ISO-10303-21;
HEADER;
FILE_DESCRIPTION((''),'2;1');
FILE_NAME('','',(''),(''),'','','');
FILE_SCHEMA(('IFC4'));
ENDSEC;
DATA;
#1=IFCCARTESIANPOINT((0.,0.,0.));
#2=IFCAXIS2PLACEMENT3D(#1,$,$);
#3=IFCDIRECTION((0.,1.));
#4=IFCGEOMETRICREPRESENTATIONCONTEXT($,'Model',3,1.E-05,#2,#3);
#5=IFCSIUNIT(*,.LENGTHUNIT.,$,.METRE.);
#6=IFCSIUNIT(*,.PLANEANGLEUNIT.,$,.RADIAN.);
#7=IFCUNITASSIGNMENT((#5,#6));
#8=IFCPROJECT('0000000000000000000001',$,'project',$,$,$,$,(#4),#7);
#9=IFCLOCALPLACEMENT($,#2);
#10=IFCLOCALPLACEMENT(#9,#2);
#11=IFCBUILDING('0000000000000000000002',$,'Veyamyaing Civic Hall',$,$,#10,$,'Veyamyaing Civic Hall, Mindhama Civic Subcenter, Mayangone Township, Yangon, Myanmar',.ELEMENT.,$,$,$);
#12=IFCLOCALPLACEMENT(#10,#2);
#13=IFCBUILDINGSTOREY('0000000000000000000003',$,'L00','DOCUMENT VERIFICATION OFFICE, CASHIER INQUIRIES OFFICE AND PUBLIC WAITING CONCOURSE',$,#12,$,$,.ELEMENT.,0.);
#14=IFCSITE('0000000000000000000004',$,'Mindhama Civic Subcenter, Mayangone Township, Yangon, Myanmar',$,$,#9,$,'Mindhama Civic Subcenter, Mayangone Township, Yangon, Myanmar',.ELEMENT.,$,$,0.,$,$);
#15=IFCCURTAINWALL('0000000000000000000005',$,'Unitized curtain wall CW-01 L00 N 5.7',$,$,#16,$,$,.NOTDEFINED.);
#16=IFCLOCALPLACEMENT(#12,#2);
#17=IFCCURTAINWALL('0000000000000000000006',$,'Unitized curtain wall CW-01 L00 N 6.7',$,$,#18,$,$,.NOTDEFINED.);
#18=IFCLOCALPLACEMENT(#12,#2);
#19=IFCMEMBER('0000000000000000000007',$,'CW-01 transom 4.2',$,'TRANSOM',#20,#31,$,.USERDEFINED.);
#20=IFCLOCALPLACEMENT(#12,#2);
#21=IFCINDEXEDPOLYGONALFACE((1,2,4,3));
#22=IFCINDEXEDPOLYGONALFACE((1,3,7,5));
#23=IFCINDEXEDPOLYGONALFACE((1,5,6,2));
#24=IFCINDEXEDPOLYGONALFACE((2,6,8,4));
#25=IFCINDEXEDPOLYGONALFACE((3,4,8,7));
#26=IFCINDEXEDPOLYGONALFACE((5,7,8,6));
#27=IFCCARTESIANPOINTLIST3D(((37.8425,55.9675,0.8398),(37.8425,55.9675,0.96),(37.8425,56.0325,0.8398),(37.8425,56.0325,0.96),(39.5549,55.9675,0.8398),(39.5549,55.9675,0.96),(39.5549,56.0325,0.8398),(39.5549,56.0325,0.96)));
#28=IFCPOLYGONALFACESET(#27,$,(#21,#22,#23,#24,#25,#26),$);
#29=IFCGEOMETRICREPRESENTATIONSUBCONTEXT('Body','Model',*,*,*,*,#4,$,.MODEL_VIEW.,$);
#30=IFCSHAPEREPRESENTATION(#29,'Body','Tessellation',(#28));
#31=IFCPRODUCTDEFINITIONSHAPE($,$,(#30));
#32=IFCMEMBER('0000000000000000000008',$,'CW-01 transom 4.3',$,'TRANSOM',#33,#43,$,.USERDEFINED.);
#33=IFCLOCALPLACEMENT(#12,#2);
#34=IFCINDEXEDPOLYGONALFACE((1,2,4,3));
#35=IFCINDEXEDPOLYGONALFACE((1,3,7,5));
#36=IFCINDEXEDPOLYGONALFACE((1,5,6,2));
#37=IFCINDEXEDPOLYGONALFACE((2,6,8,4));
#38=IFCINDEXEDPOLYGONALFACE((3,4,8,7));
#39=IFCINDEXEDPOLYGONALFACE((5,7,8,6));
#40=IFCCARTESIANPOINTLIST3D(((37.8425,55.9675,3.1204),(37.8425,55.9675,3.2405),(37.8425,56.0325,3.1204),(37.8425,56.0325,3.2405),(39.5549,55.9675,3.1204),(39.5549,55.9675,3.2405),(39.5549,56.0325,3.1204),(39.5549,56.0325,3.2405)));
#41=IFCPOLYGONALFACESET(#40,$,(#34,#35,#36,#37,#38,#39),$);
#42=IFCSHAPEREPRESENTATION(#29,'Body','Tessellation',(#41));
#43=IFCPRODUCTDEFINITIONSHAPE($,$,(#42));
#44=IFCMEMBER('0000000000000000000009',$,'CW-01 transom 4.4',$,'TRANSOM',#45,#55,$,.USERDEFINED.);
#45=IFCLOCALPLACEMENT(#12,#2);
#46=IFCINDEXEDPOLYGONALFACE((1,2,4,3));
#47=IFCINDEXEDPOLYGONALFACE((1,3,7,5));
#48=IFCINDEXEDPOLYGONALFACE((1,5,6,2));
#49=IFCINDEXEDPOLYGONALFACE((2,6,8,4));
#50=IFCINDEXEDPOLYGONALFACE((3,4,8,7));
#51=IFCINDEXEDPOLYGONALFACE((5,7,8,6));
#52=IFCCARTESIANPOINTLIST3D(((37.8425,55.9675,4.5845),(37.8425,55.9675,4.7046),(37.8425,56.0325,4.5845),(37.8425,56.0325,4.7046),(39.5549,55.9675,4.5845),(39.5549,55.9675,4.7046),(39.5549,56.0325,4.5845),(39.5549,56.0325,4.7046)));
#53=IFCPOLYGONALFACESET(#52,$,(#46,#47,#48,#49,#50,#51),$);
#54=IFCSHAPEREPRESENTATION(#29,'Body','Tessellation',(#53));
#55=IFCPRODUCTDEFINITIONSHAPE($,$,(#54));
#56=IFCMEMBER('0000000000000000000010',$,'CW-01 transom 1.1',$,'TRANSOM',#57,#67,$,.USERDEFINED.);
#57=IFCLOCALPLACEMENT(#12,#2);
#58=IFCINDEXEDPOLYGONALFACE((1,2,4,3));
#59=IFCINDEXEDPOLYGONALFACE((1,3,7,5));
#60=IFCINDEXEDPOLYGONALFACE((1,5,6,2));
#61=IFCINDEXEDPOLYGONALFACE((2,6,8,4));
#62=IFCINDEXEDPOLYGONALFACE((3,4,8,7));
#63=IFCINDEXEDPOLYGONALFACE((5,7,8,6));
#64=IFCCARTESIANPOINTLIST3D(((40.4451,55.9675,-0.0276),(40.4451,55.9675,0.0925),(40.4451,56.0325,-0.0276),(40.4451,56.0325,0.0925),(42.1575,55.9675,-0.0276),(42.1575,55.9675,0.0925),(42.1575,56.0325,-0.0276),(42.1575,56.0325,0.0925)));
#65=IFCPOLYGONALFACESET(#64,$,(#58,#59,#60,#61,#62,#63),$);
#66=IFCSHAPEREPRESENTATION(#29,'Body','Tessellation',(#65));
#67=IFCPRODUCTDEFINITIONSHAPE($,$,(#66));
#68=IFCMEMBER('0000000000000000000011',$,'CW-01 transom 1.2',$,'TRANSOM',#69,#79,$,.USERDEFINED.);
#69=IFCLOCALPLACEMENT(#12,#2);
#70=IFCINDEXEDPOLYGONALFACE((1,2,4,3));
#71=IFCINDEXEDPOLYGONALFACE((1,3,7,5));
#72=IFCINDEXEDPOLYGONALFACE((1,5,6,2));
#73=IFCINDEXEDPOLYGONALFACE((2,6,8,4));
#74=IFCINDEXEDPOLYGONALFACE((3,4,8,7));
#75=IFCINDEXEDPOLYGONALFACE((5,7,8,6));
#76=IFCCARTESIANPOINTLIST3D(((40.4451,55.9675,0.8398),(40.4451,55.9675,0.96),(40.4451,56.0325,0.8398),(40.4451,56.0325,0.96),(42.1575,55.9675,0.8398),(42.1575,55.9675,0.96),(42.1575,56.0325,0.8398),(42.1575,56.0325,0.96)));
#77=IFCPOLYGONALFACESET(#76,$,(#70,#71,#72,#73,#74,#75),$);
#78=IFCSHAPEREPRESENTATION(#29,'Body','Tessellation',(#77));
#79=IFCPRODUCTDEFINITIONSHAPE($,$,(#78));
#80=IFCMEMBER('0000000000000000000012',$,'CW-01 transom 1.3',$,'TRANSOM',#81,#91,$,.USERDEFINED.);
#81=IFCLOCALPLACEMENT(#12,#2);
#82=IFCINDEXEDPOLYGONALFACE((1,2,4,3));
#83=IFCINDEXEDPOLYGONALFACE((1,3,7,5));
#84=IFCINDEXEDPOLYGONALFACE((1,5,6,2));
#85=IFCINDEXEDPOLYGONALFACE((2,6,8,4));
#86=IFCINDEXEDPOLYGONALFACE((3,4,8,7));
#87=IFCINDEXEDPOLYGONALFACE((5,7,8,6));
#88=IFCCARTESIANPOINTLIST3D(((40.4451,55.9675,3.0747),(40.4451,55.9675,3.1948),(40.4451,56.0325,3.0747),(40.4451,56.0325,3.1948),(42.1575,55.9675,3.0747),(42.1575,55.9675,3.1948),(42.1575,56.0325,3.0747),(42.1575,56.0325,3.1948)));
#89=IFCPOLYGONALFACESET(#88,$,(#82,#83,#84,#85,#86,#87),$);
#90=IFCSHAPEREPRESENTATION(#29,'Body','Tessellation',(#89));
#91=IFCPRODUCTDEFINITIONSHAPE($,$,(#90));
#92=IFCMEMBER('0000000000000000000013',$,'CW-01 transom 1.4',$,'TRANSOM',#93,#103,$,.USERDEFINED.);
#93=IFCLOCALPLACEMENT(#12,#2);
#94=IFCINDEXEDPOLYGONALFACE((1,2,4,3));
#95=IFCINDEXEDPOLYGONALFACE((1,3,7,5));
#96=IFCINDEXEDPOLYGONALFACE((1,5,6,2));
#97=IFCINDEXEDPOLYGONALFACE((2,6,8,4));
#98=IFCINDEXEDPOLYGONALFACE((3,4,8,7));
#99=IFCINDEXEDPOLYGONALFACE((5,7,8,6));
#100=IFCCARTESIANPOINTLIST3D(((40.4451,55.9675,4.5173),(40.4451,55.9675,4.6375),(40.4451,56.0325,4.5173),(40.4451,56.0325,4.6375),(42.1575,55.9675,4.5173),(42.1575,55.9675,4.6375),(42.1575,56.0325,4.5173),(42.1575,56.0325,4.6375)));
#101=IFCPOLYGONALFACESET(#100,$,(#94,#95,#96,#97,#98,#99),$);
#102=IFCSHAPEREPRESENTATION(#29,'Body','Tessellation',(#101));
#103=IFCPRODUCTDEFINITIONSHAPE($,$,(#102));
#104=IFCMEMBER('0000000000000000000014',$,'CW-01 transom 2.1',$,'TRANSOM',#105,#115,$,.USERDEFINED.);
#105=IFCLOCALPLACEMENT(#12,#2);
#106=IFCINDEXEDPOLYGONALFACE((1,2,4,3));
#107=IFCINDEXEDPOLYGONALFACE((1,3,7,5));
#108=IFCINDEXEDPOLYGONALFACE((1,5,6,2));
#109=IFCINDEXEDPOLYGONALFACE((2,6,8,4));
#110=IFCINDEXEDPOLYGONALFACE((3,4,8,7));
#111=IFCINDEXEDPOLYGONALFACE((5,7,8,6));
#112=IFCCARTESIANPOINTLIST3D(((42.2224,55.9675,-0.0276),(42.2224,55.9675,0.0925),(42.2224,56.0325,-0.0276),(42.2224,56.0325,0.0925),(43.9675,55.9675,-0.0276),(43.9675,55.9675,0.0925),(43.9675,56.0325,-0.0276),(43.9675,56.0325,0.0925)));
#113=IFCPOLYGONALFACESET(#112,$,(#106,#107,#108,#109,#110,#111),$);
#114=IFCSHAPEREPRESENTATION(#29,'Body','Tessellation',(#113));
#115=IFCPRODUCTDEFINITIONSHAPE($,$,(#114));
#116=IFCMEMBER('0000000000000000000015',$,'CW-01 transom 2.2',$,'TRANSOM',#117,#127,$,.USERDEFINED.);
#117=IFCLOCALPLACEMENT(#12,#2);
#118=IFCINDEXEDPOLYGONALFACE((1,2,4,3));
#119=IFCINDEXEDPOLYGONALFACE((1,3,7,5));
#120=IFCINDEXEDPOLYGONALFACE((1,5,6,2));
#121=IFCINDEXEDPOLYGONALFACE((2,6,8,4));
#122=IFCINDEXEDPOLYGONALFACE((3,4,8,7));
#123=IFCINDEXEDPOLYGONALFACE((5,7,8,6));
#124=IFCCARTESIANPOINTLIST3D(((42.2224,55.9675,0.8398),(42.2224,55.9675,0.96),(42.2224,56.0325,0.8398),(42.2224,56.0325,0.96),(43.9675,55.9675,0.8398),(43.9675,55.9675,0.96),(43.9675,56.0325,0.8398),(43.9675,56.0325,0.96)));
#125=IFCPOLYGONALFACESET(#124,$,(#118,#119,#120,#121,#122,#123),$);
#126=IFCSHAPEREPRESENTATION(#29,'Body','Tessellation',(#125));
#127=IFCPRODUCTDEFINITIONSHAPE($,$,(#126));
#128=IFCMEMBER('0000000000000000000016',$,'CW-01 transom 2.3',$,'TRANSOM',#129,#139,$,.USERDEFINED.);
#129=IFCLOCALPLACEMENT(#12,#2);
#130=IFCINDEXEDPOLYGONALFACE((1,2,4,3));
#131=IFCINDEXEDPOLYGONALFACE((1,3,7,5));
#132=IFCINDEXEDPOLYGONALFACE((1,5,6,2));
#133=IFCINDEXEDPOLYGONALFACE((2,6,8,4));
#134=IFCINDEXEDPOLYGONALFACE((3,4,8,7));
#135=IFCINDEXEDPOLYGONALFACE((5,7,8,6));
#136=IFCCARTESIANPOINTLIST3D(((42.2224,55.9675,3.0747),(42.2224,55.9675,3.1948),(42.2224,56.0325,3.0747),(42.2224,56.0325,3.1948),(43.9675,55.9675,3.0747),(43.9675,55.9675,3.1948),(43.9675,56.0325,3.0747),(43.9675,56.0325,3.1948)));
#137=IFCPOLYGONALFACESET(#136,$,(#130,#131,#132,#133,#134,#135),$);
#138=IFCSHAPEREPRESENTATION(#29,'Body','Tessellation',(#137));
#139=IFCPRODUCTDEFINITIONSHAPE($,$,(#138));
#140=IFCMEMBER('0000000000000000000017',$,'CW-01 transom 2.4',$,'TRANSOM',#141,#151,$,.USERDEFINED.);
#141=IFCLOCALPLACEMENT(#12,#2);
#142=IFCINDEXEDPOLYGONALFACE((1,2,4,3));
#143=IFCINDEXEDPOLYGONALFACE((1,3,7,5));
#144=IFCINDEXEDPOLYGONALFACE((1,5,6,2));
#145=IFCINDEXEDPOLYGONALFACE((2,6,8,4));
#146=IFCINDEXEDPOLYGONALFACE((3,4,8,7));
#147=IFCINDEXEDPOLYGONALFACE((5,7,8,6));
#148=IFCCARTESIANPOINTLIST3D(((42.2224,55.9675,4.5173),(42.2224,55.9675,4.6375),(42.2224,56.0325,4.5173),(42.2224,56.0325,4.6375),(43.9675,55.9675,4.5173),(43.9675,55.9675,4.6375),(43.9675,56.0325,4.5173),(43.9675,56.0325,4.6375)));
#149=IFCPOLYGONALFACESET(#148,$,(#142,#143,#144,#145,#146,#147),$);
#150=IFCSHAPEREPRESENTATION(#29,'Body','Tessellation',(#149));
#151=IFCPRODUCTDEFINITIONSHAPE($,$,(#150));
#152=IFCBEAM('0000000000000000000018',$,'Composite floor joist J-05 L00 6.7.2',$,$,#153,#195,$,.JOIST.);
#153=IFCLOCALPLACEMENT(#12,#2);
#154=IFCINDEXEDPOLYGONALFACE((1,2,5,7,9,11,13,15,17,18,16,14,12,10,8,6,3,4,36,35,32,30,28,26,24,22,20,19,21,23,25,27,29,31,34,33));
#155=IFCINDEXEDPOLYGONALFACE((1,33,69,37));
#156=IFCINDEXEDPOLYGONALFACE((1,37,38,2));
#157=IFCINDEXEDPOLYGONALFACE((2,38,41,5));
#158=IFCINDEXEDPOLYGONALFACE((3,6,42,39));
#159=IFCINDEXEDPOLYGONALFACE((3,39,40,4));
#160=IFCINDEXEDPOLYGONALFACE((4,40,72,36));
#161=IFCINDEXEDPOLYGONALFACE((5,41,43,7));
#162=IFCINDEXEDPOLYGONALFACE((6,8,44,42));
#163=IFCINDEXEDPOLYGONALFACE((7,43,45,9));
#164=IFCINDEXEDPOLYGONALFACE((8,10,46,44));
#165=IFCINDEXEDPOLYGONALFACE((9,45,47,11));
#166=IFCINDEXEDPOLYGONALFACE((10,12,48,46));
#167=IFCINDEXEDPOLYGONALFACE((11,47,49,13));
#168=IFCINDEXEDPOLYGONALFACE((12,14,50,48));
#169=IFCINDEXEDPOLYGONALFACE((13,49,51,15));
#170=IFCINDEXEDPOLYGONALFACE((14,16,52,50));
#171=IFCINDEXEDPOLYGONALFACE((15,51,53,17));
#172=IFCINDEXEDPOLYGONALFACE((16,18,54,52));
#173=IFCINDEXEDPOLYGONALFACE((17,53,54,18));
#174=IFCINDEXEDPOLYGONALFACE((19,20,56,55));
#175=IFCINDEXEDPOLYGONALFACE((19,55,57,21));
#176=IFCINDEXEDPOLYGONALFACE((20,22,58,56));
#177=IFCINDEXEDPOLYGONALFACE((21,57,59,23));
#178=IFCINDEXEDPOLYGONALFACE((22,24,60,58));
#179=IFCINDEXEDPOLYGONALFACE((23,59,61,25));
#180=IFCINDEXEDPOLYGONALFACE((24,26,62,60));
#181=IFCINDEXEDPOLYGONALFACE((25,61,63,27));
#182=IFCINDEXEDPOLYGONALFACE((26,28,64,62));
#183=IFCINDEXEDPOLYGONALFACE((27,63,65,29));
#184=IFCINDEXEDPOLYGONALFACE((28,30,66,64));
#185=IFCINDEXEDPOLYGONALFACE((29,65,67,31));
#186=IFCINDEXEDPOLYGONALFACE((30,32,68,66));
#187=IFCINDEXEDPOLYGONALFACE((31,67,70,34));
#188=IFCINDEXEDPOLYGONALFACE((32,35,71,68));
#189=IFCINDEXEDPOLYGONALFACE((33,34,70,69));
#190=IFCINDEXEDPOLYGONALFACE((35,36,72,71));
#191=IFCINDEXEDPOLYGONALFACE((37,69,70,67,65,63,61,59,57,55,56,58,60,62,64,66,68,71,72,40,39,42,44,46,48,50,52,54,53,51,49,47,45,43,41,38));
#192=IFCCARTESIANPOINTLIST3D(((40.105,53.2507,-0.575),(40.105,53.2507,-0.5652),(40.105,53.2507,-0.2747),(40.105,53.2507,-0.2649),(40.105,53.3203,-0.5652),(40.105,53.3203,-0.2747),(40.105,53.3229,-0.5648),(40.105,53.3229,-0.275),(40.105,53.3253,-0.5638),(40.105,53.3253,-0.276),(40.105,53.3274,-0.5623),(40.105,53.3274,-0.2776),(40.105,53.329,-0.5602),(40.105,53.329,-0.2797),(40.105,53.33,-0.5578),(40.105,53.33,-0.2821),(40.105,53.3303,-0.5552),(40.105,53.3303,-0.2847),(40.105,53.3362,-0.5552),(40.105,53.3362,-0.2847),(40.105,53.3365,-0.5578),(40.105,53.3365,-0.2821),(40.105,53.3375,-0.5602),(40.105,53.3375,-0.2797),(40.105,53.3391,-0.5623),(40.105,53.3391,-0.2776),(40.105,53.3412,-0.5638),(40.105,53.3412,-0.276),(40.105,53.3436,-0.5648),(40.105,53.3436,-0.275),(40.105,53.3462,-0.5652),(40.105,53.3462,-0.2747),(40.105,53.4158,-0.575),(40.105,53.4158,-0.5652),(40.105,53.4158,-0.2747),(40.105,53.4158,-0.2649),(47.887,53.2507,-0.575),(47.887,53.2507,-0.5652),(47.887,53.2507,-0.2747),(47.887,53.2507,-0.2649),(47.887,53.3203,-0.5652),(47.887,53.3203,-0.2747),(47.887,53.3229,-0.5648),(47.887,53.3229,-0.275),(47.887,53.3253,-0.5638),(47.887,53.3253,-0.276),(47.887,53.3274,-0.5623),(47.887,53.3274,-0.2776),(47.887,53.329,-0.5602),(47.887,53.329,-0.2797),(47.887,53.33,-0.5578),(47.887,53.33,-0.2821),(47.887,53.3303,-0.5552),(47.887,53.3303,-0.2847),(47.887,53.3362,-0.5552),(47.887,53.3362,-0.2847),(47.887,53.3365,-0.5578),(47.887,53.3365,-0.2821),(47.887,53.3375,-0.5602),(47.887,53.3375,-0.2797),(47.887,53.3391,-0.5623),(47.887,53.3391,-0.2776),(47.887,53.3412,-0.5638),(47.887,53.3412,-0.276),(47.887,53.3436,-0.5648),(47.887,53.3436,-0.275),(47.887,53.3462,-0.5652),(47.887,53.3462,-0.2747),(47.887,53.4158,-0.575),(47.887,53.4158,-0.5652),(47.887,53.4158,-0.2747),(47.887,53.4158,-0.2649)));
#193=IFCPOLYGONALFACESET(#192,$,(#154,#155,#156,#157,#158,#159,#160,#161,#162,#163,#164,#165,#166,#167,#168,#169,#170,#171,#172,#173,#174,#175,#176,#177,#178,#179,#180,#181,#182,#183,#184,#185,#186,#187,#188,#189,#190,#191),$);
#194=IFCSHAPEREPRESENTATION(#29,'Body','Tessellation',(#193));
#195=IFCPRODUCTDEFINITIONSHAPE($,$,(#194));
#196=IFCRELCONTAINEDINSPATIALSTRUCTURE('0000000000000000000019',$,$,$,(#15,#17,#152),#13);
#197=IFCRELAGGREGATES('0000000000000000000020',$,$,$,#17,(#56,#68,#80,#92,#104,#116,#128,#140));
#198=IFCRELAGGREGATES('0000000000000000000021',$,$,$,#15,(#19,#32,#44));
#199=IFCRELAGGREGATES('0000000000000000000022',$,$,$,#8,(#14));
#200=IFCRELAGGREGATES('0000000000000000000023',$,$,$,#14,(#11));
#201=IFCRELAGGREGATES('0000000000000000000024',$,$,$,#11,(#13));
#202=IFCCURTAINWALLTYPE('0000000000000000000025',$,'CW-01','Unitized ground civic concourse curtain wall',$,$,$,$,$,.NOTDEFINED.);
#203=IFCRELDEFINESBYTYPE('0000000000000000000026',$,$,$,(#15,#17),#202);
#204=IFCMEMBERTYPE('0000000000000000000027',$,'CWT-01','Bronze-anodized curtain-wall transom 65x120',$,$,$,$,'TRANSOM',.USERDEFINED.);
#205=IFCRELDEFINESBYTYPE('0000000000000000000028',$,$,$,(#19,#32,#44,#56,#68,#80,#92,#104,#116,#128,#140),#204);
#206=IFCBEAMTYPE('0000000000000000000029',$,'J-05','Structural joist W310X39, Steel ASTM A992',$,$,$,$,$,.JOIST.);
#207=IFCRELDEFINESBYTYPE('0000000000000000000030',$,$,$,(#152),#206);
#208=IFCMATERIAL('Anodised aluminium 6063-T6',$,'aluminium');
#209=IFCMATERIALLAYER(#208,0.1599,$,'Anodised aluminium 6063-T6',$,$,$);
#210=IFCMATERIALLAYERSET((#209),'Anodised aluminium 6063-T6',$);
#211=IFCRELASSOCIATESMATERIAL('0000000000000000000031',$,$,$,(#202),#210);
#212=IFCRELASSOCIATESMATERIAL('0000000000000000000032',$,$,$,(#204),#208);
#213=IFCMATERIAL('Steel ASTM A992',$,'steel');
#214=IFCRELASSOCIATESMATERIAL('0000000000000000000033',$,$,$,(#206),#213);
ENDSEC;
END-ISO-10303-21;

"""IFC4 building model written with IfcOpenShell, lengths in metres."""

from ifc_helpers import new_model, si_unit, direction, frame, origin, origin_2d, place, context, subcontext, project, spatial, rectangle, i_section, extrude, material, layer, layer_set, material_profile, profile_set, type_object, element, aggregate, save


model = new_model("IFC4")

# Units and contexts
model_context = context("Model", 3, precision=1e-05, world=origin(), true_north=direction((0.0, 1.0)))
body_context = subcontext(model_context, "Body", "Model", "MODEL_VIEW")
ifc_project = project(units=[si_unit("LENGTHUNIT", "METRE"), si_unit("PLANEANGLEUNIT", "RADIAN")], contexts=[model_context])

# Site, building, storey
site_placement = place(None, origin())
site = spatial("IfcSite", under=ifc_project, at=site_placement, Name="Mindhama Civic Subcenter, Mayangone Township, Yangon, Myanmar", LongName="Mindhama Civic Subcenter, Mayangone Township, Yangon, Myanmar", CompositionType="ELEMENT", RefElevation=0.0)
building_placement = place(site_placement, origin())
building = spatial("IfcBuilding", under=site, at=building_placement, Name="Veyamyaing Civic Hall", LongName="Veyamyaing Civic Hall, Mindhama Civic Subcenter, Mayangone Township, Yangon, Myanmar", CompositionType="ELEMENT")
storey_placement = place(building_placement, origin())
storey = spatial("IfcBuildingStorey", under=building, at=storey_placement, Name="L00", Description="DOCUMENT VERIFICATION OFFICE, CASHIER INQUIRIES OFFICE AND PUBLIC WAITING CONCOURSE", CompositionType="ELEMENT", Elevation=0.0)

# Shared definitions
ifc_material_1 = material(Name="Steel ASTM A992", Category="steel")

# Curtain walls
ifc_material_2 = material(Name="Anodised aluminium 6063-T6", Category="aluminium")
ifc_layer_1 = layer(ifc_material_2, 0.1599, Name="Anodised aluminium 6063-T6")
ifc_layer_set_1 = layer_set([ifc_layer_1], Name="Anodised aluminium 6063-T6")
curtain_wall_type = type_object("IfcCurtainWallType", Name="CW-01", Description="Unitized ground civic concourse curtain wall", PredefinedType="NOTDEFINED", material=ifc_layer_set_1)
curtain_wall_1_placement = place(storey_placement, origin())
curtain_wall_1 = element("IfcCurtainWall", 1, at=curtain_wall_1_placement, inside=storey, type_object=curtain_wall_type, Name="Unitized curtain wall CW-01 L00 N 5.7", PredefinedType="NOTDEFINED")
curtain_wall_2_placement = place(storey_placement, origin())
curtain_wall_2 = element("IfcCurtainWall", 2, at=curtain_wall_2_placement, inside=storey, type_object=curtain_wall_type, Name="Unitized curtain wall CW-01 L00 N 6.7", PredefinedType="NOTDEFINED")

# Members
ifc_material_profile_1 = material_profile(ifc_material_2, rectangle(XDim=0.0649, YDim=0.1201, at=origin_2d()), Name="ALU-TRN-65X120")
ifc_profile_set_1 = profile_set([ifc_material_profile_1], Name="Anodised aluminium 6063-T6")
member_type_1 = type_object("IfcMemberType", Name="CWT-01", Description="Bronze-anodized curtain-wall transom 65x120", ElementType="TRANSOM", PredefinedType="USERDEFINED", material=ifc_profile_set_1)
member_1_placement = place(storey_placement, frame((37.8425, 56.0, 0.8999), z_axis=(1.0, 0.0, 0.0), x_axis=(0.0, 1.0, 0.0)))
member_1 = element("IfcMember", 3, at=member_1_placement, type_object=member_type_1, Name="CW-01 transom 4.2", ObjectType="TRANSOM", PredefinedType="USERDEFINED", context=body_context, shape_type="SweptSolid", body=[
    extrude(rectangle(XDim=0.0649, YDim=0.1201, at=origin_2d()), origin(), (0.0, 0.0, 1.0), 1.7124),
])
member_2_placement = place(storey_placement, frame((37.8425, 56.0, 3.1804), z_axis=(1.0, 0.0, 0.0), x_axis=(0.0, 1.0, 0.0)))
member_2 = element("IfcMember", 4, at=member_2_placement, type_object=member_type_1, Name="CW-01 transom 4.3", ObjectType="TRANSOM", PredefinedType="USERDEFINED", context=body_context, shape_type="SweptSolid", body=[
    extrude(rectangle(XDim=0.0649, YDim=0.1201, at=origin_2d()), origin(), (0.0, 0.0, 1.0), 1.7124),
])
member_3_placement = place(storey_placement, frame((37.8425, 56.0, 4.6445), z_axis=(1.0, 0.0, 0.0), x_axis=(0.0, 1.0, 0.0)))
member_3 = element("IfcMember", 5, at=member_3_placement, type_object=member_type_1, Name="CW-01 transom 4.4", ObjectType="TRANSOM", PredefinedType="USERDEFINED", context=body_context, shape_type="SweptSolid", body=[
    extrude(rectangle(XDim=0.0649, YDim=0.1201, at=origin_2d()), origin(), (0.0, 0.0, 1.0), 1.7124),
])
member_4_placement = place(storey_placement, frame((40.4451, 56.0, 0.0325), z_axis=(1.0, 0.0, 0.0), x_axis=(0.0, 1.0, 0.0)))
member_4 = element("IfcMember", 6, at=member_4_placement, type_object=member_type_1, Name="CW-01 transom 1.1", ObjectType="TRANSOM", PredefinedType="USERDEFINED", context=body_context, shape_type="SweptSolid", body=[
    extrude(rectangle(XDim=0.0649, YDim=0.1201, at=origin_2d()), origin(), (0.0, 0.0, 1.0), 1.7124),
])
member_5_placement = place(storey_placement, frame((40.4451, 56.0, 0.8999), z_axis=(1.0, 0.0, 0.0), x_axis=(0.0, 1.0, 0.0)))
member_5 = element("IfcMember", 7, at=member_5_placement, type_object=member_type_1, Name="CW-01 transom 1.2", ObjectType="TRANSOM", PredefinedType="USERDEFINED", context=body_context, shape_type="SweptSolid", body=[
    extrude(rectangle(XDim=0.0649, YDim=0.1201, at=origin_2d()), origin(), (0.0, 0.0, 1.0), 1.7124),
])
member_6_placement = place(storey_placement, frame((40.4451, 56.0, 3.1348), z_axis=(1.0, 0.0, 0.0), x_axis=(0.0, 1.0, 0.0)))
member_6 = element("IfcMember", 8, at=member_6_placement, type_object=member_type_1, Name="CW-01 transom 1.3", ObjectType="TRANSOM", PredefinedType="USERDEFINED", context=body_context, shape_type="SweptSolid", body=[
    extrude(rectangle(XDim=0.0649, YDim=0.1201, at=origin_2d()), origin(), (0.0, 0.0, 1.0), 1.7124),
])
member_7_placement = place(storey_placement, frame((40.4451, 56.0, 4.5774), z_axis=(1.0, 0.0, 0.0), x_axis=(0.0, 1.0, 0.0)))
member_7 = element("IfcMember", 9, at=member_7_placement, type_object=member_type_1, Name="CW-01 transom 1.4", ObjectType="TRANSOM", PredefinedType="USERDEFINED", context=body_context, shape_type="SweptSolid", body=[
    extrude(rectangle(XDim=0.0649, YDim=0.1201, at=origin_2d()), origin(), (0.0, 0.0, 1.0), 1.7124),
])
member_8_placement = place(storey_placement, frame((42.2224, 56.0, 0.0325), z_axis=(1.0, 0.0, 0.0), x_axis=(0.0, 1.0, 0.0)))
member_8 = element("IfcMember", 10, at=member_8_placement, type_object=member_type_1, Name="CW-01 transom 2.1", ObjectType="TRANSOM", PredefinedType="USERDEFINED", context=body_context, shape_type="SweptSolid", body=[
    extrude(rectangle(XDim=0.0649, YDim=0.1201, at=origin_2d()), origin(), (0.0, 0.0, 1.0), 1.7451),
])
member_9_placement = place(storey_placement, frame((42.2224, 56.0, 0.8999), z_axis=(1.0, 0.0, 0.0), x_axis=(0.0, 1.0, 0.0)))
member_9 = element("IfcMember", 11, at=member_9_placement, type_object=member_type_1, Name="CW-01 transom 2.2", ObjectType="TRANSOM", PredefinedType="USERDEFINED", context=body_context, shape_type="SweptSolid", body=[
    extrude(rectangle(XDim=0.0649, YDim=0.1201, at=origin_2d()), origin(), (0.0, 0.0, 1.0), 1.7451),
])
member_10_placement = place(storey_placement, frame((42.2224, 56.0, 3.1348), z_axis=(1.0, 0.0, 0.0), x_axis=(0.0, 1.0, 0.0)))
member_10 = element("IfcMember", 12, at=member_10_placement, type_object=member_type_1, Name="CW-01 transom 2.3", ObjectType="TRANSOM", PredefinedType="USERDEFINED", context=body_context, shape_type="SweptSolid", body=[
    extrude(rectangle(XDim=0.0649, YDim=0.1201, at=origin_2d()), origin(), (0.0, 0.0, 1.0), 1.7451),
])
member_11_placement = place(storey_placement, frame((42.2224, 56.0, 4.5774), z_axis=(1.0, 0.0, 0.0), x_axis=(0.0, 1.0, 0.0)))
member_11 = element("IfcMember", 13, at=member_11_placement, type_object=member_type_1, Name="CW-01 transom 2.4", ObjectType="TRANSOM", PredefinedType="USERDEFINED", context=body_context, shape_type="SweptSolid", body=[
    extrude(rectangle(XDim=0.0649, YDim=0.1201, at=origin_2d()), origin(), (0.0, 0.0, 1.0), 1.7451),
])

# Beam
ifc_material_profile_2 = material_profile(ifc_material_1, i_section(OverallWidth=0.165, OverallDepth=0.3101, WebThickness=0.0059, FlangeThickness=0.0098, FilletRadius=0.01, at=origin_2d()), Name="W310X39")
ifc_profile_set_2 = profile_set([ifc_material_profile_2], Name="Steel ASTM A992")
beam_type_1 = type_object("IfcBeamType", Name="J-05", Description="Structural joist W310X39, Steel ASTM A992", PredefinedType="JOIST", material=ifc_profile_set_2)
beam_1_placement = place(storey_placement, frame((40.105, 53.3333, -0.4199), z_axis=(1.0, 0.0, 0.0), x_axis=(0.0, 1.0, 0.0)))
element("IfcBeam", 14, at=beam_1_placement, inside=storey, type_object=beam_type_1, Name="Composite floor joist J-05 L00 6.7.2", PredefinedType="JOIST", context=body_context, shape_type="SweptSolid", body=[
    extrude(i_section(OverallWidth=0.165, OverallDepth=0.3101, WebThickness=0.0059, FlangeThickness=0.0098, FilletRadius=0.01, at=origin_2d()), origin(), (0.0, 0.0, 1.0), 7.782),
])

aggregate(curtain_wall_2, [member_4, member_5, member_6, member_7, member_8, member_9, member_10, member_11])
aggregate(curtain_wall_1, [member_1, member_2, member_3])

save(model, "model.ifc")
